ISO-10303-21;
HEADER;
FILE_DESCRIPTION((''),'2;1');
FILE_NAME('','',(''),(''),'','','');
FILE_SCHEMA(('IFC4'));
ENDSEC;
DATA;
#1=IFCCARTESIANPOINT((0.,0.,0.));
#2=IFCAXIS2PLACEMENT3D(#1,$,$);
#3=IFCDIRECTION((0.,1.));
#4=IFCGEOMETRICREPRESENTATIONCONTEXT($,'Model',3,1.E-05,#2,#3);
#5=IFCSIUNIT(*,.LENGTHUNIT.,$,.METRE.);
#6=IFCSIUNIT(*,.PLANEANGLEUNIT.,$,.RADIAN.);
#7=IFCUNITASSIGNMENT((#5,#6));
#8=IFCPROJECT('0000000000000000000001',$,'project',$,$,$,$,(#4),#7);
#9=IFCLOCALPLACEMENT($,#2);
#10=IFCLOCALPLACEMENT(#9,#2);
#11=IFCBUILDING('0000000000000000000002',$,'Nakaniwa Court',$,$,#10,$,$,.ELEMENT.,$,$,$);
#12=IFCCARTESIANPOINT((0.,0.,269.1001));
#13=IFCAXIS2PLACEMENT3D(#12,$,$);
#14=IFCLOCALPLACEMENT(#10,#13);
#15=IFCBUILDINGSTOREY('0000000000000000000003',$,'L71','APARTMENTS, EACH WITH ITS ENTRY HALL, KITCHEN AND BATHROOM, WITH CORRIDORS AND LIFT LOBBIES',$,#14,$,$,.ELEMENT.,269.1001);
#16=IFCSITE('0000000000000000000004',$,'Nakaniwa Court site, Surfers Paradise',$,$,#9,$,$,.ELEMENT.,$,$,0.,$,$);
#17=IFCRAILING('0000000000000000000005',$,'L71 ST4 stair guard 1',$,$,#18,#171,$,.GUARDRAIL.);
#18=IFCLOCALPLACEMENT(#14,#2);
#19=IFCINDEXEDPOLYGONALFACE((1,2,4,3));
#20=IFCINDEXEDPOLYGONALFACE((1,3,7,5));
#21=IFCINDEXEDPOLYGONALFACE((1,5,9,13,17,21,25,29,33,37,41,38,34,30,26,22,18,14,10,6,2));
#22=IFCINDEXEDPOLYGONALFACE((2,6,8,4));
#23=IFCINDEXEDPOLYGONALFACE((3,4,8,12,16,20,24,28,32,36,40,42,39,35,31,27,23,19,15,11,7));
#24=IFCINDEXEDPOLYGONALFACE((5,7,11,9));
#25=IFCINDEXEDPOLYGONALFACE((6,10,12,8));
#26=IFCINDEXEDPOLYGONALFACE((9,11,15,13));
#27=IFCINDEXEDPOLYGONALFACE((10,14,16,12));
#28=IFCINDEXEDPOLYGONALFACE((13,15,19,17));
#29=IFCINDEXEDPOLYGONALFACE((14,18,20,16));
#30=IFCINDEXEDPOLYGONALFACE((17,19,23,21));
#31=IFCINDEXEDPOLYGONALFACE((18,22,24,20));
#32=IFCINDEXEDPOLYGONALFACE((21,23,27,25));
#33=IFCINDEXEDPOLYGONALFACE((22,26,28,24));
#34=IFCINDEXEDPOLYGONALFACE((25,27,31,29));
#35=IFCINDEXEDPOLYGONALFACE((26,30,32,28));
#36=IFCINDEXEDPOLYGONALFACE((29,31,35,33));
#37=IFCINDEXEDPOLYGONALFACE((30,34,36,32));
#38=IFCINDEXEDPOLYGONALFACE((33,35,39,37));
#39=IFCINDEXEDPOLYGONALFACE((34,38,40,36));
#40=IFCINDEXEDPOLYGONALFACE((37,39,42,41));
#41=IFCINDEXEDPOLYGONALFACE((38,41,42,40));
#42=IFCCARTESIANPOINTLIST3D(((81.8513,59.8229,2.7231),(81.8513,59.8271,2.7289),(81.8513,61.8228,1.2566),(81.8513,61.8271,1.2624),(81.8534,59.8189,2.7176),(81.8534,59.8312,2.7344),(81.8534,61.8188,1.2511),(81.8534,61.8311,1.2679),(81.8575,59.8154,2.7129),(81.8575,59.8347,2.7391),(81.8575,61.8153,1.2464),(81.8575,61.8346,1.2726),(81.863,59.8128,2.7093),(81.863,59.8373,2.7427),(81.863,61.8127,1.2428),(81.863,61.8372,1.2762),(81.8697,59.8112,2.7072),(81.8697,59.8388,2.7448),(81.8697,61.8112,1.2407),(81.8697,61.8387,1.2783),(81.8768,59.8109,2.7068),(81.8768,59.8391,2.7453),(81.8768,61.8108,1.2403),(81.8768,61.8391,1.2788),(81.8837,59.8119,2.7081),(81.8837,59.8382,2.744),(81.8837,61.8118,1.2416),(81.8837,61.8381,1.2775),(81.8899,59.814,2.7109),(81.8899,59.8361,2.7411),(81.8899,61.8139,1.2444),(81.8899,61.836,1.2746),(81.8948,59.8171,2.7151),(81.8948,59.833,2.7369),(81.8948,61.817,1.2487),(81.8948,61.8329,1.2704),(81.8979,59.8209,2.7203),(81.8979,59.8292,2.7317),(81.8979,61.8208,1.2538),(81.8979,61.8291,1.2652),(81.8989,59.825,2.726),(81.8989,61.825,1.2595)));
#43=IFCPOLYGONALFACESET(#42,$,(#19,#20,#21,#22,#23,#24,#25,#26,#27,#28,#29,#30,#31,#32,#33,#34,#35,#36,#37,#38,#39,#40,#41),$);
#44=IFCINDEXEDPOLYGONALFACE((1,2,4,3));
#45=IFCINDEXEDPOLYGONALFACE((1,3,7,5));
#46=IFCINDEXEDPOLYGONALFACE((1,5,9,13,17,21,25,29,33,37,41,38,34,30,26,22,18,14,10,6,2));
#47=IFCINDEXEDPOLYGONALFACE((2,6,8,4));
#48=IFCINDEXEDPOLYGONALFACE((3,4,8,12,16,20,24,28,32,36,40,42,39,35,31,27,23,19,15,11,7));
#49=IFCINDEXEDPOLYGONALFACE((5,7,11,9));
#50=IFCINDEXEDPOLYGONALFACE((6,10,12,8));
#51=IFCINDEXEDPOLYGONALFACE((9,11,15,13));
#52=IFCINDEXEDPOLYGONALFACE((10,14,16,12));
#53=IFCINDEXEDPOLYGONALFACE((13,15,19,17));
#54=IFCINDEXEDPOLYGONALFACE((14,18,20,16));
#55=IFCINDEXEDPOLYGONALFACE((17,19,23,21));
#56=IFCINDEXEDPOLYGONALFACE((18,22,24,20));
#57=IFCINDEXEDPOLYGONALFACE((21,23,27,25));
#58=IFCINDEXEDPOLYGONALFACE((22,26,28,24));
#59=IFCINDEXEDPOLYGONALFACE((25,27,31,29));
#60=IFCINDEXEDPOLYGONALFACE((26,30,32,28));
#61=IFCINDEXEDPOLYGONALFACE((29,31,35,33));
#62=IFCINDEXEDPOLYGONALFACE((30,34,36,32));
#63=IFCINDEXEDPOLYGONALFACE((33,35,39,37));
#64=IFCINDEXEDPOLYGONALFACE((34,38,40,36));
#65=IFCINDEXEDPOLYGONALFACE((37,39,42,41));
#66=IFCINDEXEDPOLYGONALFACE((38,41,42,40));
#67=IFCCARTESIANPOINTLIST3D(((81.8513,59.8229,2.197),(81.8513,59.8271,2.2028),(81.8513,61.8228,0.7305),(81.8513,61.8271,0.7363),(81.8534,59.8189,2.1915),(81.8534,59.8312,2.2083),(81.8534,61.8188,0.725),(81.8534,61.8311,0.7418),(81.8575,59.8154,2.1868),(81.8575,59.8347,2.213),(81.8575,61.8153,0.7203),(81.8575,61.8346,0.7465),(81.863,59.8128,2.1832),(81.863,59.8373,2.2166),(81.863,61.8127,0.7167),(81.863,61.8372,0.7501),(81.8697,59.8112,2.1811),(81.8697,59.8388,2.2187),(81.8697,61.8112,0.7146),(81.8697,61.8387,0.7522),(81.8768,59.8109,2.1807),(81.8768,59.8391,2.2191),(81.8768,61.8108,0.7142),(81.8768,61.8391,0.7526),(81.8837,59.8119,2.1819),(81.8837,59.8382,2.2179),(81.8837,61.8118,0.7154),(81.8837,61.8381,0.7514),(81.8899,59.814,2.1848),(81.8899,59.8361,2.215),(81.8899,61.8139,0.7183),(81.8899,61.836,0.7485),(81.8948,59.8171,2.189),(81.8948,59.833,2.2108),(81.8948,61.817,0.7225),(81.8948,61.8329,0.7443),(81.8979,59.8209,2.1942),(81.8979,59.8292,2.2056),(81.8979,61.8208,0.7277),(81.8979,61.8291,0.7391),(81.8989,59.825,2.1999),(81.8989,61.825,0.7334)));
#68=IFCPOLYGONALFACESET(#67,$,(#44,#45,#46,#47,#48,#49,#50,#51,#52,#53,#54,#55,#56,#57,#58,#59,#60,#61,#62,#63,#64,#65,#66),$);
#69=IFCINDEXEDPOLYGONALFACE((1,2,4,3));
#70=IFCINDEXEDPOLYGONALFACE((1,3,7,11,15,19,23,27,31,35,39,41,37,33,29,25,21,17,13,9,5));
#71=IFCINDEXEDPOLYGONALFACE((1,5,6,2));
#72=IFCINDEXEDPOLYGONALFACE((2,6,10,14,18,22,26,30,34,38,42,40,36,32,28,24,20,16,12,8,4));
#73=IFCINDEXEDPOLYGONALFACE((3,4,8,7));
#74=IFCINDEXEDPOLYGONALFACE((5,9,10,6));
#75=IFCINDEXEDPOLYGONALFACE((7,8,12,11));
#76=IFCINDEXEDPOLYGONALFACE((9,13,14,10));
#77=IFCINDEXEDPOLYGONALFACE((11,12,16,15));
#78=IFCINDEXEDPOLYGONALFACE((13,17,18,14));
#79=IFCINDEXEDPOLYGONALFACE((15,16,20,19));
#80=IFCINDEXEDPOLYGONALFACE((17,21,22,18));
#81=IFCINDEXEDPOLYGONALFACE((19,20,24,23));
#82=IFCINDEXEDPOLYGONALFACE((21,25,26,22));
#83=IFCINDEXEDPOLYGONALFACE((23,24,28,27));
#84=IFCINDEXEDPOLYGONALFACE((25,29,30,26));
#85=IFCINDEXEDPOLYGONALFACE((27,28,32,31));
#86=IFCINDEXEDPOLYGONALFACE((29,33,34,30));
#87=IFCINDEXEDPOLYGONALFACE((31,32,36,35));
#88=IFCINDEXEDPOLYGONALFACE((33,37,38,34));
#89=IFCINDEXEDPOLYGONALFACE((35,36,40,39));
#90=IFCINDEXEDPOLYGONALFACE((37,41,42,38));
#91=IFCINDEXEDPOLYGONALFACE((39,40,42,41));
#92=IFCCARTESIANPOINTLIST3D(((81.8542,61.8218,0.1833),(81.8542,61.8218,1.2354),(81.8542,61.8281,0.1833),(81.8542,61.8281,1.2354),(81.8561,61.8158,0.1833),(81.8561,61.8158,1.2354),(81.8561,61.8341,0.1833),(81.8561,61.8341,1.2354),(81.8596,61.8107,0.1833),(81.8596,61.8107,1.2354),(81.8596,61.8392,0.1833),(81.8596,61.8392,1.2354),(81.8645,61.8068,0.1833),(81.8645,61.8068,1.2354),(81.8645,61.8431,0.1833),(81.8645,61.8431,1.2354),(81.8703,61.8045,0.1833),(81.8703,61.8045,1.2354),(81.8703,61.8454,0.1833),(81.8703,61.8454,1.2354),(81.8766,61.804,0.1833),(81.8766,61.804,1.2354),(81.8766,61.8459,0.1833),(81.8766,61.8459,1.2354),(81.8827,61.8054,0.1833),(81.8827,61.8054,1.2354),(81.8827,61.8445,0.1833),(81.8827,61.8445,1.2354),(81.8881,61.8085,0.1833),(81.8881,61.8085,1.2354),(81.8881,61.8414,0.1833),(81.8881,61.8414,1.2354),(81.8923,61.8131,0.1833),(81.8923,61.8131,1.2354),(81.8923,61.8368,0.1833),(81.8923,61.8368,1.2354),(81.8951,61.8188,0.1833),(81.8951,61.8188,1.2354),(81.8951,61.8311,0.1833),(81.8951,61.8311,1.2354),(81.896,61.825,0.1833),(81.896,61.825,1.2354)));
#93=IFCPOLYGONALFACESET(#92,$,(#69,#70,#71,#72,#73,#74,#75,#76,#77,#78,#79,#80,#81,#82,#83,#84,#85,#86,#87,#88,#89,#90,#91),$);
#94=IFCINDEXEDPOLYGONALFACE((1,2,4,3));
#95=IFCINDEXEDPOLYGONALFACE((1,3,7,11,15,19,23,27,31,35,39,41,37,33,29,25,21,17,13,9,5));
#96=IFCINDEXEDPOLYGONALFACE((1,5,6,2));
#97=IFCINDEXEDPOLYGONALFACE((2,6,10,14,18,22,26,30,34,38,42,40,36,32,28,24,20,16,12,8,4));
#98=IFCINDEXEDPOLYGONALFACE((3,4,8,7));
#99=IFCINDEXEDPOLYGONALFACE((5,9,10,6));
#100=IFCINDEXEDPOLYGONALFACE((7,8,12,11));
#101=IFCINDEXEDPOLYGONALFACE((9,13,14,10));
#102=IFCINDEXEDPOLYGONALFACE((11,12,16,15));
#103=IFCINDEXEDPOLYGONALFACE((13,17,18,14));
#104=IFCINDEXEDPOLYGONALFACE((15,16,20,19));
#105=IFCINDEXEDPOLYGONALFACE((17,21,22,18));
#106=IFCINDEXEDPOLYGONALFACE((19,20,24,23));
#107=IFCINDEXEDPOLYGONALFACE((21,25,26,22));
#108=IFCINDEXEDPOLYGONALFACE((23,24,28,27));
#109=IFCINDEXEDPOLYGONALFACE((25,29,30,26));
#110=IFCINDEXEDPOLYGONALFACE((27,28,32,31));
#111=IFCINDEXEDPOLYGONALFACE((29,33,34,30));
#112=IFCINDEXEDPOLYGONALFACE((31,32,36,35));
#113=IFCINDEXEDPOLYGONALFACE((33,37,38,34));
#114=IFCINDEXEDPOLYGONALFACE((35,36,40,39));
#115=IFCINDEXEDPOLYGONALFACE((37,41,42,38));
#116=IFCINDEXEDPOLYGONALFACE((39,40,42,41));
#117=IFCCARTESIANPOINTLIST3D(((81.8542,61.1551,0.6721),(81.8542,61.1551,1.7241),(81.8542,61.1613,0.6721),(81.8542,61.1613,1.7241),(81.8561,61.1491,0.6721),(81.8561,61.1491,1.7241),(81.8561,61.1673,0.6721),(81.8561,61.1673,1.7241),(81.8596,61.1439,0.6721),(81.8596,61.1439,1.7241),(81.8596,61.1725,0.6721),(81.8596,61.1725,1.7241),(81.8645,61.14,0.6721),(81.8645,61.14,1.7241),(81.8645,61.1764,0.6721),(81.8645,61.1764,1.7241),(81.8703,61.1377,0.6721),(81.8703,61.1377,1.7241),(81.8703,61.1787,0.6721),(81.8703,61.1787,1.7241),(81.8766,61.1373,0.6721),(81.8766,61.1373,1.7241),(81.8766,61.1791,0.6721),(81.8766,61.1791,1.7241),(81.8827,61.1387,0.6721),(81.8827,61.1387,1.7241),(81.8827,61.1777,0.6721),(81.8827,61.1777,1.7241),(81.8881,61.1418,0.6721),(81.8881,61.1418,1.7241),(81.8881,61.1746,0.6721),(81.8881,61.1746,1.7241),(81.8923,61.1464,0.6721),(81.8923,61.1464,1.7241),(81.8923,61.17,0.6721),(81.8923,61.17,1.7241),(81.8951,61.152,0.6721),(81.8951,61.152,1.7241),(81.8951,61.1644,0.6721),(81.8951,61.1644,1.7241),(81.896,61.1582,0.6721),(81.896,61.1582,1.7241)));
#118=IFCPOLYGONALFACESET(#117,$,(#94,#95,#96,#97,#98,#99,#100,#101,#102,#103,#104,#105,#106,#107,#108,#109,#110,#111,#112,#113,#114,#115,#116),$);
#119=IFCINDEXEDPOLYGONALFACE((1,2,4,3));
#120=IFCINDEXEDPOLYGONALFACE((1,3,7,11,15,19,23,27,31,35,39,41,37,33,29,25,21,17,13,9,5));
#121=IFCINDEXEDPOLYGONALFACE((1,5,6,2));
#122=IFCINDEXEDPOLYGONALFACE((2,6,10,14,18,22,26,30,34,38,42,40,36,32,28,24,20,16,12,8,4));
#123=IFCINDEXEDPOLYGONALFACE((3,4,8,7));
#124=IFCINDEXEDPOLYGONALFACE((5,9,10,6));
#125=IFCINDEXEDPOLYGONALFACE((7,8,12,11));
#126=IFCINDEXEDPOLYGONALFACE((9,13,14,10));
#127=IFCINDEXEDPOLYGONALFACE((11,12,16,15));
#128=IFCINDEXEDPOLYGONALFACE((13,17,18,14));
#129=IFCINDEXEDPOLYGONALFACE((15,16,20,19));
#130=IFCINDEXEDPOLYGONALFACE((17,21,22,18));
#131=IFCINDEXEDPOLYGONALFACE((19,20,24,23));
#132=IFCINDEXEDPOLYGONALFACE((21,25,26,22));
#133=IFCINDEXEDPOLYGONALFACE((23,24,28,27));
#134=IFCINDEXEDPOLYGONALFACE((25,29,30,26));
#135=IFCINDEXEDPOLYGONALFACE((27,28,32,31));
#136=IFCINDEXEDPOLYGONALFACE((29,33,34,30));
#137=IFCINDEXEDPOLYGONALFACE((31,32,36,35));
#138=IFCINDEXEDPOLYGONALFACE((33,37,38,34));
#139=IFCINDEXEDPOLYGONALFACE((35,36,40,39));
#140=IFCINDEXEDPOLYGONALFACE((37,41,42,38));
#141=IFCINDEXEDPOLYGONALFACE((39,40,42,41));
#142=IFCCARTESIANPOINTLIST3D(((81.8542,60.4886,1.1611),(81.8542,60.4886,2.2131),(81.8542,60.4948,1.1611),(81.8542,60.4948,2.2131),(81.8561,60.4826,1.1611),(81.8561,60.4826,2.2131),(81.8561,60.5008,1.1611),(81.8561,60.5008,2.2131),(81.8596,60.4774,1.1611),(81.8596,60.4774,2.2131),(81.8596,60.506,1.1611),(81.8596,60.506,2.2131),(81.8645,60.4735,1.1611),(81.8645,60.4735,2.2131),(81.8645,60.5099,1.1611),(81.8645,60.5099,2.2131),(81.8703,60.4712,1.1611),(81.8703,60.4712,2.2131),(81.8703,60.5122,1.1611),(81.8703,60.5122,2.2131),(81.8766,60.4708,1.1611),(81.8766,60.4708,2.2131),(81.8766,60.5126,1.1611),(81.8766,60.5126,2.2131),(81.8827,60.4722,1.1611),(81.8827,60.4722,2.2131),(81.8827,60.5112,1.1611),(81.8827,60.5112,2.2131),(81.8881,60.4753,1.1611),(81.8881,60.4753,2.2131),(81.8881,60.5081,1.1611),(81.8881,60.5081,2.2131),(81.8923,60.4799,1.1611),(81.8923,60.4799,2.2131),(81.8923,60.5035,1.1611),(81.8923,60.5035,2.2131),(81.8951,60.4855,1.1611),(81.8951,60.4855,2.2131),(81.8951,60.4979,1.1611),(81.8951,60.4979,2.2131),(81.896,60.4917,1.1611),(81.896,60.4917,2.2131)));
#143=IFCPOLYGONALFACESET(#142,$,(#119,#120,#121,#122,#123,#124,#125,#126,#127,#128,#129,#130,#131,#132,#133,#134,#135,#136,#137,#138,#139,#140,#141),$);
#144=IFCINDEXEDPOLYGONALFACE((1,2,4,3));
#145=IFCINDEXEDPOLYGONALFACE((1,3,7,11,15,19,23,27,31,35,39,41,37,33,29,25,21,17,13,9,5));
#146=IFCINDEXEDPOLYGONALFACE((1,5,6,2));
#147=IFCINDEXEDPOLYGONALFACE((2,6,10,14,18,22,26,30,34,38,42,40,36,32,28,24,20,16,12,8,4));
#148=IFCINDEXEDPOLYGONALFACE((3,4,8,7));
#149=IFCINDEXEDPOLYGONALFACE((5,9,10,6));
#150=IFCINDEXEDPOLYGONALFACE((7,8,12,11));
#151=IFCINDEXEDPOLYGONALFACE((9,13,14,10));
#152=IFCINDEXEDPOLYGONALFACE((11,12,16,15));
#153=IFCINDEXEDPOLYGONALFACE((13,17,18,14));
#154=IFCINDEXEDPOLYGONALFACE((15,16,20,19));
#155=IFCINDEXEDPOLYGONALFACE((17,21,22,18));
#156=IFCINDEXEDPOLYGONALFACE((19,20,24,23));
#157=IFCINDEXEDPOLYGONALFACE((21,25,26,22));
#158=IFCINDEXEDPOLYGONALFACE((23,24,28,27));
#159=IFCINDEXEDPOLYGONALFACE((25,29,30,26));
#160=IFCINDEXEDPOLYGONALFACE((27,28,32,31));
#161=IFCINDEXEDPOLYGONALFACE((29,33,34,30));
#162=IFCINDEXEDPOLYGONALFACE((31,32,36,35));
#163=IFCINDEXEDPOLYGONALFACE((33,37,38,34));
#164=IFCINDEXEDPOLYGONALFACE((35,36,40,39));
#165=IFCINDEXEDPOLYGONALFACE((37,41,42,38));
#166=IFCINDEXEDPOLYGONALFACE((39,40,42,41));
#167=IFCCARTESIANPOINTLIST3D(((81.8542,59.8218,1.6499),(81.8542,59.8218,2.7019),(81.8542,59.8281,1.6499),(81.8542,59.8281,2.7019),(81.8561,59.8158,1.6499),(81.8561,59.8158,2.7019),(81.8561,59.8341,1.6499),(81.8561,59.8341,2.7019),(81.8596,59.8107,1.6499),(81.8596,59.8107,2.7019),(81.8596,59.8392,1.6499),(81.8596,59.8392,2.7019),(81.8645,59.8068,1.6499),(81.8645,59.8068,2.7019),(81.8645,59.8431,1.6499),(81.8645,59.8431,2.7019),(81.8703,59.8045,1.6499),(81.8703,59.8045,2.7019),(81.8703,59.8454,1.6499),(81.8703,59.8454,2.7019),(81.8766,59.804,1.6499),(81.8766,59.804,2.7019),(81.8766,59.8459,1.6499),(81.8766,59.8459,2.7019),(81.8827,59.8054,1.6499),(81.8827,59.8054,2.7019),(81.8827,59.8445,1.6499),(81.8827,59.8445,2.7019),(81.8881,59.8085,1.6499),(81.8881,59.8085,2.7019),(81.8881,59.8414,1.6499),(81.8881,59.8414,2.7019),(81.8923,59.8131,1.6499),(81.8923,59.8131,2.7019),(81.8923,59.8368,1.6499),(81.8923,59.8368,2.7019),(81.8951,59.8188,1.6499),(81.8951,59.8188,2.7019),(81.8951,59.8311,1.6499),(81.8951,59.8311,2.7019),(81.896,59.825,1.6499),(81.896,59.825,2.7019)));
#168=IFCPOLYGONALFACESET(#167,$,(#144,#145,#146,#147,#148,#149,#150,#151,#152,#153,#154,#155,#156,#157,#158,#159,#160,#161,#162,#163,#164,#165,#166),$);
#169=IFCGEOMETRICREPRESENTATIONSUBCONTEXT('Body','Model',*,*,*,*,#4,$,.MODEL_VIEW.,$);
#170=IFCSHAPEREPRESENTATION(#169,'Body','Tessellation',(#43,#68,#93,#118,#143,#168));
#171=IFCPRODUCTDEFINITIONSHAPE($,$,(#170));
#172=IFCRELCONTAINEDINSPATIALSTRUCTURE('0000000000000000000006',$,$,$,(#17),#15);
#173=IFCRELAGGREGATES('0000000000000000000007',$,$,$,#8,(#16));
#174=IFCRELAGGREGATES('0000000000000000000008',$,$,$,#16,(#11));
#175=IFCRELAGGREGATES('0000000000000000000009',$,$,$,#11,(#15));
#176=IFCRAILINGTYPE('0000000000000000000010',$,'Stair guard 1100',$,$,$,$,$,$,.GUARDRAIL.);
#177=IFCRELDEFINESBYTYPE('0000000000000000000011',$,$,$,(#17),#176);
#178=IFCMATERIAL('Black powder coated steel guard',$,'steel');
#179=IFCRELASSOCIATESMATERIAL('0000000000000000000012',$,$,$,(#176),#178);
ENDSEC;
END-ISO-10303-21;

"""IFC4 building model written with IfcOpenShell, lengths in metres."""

from ifc_helpers import new_model, si_unit, direction, frame, origin, origin_2d, place, context, subcontext, project, spatial, circle, extrude, material, type_object, element, save


model = new_model("IFC4")

# Units and contexts
model_context = context("Model", 3, precision=1e-05, world=origin(), true_north=direction((0.0, 1.0)))
body_context = subcontext(model_context, "Body", "Model", "MODEL_VIEW")
ifc_project = project(units=[si_unit("LENGTHUNIT", "METRE"), si_unit("PLANEANGLEUNIT", "RADIAN")], contexts=[model_context])

# Site, building, storey
site_placement = place(None, origin())
site = spatial("IfcSite", under=ifc_project, at=site_placement, Name="Nakaniwa Court site, Surfers Paradise", CompositionType="ELEMENT", RefElevation=0.0)
building_placement = place(site_placement, origin())
building = spatial("IfcBuilding", under=site, at=building_placement, Name="Nakaniwa Court", CompositionType="ELEMENT")
storey_placement = place(building_placement, frame((0.0, 0.0, 269.1001)))
storey = spatial("IfcBuildingStorey", under=building, at=storey_placement, Name="L71", Description="APARTMENTS, EACH WITH ITS ENTRY HALL, KITCHEN AND BATHROOM, WITH CORRIDORS AND LIFT LOBBIES", CompositionType="ELEMENT", Elevation=269.1001)

# Railing
ifc_material_1 = material(Name="Black powder coated steel guard", Category="steel")
railing_type_1 = type_object("IfcRailingType", Name="Stair guard 1100", PredefinedType="GUARDRAIL", material=ifc_material_1)
railing_1_placement = place(storey_placement, frame((81.875, 61.825, 0.1833)))
element("IfcRailing", 1, at=railing_1_placement, inside=storey, type_object=railing_type_1, Name="L71 ST4 stair guard 1", PredefinedType="GUARDRAIL", context=body_context, shape_type="SweptSolid", body=[
    extrude(circle(Radius=0.0239, at=origin_2d()), frame((0.0, 0.0, 1.0762), z_axis=(0.0, -0.806427, 0.591334), x_axis=(1.0, 0.0, 0.0)), (0.0, 0.0, 1.0), 2.48),
    extrude(circle(Radius=0.0239, at=origin_2d()), frame((0.0, 0.0, 0.55), z_axis=(0.0, -0.806427, 0.591334), x_axis=(1.0, 0.0, 0.0)), (0.0, 0.0, 1.0), 2.48),
    extrude(circle(Radius=0.021, at=origin_2d()), origin(), (0.0, 0.0, 1.0), 1.052),
    extrude(circle(Radius=0.021, at=origin_2d()), frame((0.0, -0.6667, 0.4888)), (0.0, 0.0, 1.0), 1.052),
    extrude(circle(Radius=0.021, at=origin_2d()), frame((0.0, -1.3333, 0.9778)), (0.0, 0.0, 1.0), 1.052),
    extrude(circle(Radius=0.021, at=origin_2d()), frame((0.0, -2.0, 1.4666)), (0.0, 0.0, 1.0), 1.052),
])

save(model, "model.ifc")
